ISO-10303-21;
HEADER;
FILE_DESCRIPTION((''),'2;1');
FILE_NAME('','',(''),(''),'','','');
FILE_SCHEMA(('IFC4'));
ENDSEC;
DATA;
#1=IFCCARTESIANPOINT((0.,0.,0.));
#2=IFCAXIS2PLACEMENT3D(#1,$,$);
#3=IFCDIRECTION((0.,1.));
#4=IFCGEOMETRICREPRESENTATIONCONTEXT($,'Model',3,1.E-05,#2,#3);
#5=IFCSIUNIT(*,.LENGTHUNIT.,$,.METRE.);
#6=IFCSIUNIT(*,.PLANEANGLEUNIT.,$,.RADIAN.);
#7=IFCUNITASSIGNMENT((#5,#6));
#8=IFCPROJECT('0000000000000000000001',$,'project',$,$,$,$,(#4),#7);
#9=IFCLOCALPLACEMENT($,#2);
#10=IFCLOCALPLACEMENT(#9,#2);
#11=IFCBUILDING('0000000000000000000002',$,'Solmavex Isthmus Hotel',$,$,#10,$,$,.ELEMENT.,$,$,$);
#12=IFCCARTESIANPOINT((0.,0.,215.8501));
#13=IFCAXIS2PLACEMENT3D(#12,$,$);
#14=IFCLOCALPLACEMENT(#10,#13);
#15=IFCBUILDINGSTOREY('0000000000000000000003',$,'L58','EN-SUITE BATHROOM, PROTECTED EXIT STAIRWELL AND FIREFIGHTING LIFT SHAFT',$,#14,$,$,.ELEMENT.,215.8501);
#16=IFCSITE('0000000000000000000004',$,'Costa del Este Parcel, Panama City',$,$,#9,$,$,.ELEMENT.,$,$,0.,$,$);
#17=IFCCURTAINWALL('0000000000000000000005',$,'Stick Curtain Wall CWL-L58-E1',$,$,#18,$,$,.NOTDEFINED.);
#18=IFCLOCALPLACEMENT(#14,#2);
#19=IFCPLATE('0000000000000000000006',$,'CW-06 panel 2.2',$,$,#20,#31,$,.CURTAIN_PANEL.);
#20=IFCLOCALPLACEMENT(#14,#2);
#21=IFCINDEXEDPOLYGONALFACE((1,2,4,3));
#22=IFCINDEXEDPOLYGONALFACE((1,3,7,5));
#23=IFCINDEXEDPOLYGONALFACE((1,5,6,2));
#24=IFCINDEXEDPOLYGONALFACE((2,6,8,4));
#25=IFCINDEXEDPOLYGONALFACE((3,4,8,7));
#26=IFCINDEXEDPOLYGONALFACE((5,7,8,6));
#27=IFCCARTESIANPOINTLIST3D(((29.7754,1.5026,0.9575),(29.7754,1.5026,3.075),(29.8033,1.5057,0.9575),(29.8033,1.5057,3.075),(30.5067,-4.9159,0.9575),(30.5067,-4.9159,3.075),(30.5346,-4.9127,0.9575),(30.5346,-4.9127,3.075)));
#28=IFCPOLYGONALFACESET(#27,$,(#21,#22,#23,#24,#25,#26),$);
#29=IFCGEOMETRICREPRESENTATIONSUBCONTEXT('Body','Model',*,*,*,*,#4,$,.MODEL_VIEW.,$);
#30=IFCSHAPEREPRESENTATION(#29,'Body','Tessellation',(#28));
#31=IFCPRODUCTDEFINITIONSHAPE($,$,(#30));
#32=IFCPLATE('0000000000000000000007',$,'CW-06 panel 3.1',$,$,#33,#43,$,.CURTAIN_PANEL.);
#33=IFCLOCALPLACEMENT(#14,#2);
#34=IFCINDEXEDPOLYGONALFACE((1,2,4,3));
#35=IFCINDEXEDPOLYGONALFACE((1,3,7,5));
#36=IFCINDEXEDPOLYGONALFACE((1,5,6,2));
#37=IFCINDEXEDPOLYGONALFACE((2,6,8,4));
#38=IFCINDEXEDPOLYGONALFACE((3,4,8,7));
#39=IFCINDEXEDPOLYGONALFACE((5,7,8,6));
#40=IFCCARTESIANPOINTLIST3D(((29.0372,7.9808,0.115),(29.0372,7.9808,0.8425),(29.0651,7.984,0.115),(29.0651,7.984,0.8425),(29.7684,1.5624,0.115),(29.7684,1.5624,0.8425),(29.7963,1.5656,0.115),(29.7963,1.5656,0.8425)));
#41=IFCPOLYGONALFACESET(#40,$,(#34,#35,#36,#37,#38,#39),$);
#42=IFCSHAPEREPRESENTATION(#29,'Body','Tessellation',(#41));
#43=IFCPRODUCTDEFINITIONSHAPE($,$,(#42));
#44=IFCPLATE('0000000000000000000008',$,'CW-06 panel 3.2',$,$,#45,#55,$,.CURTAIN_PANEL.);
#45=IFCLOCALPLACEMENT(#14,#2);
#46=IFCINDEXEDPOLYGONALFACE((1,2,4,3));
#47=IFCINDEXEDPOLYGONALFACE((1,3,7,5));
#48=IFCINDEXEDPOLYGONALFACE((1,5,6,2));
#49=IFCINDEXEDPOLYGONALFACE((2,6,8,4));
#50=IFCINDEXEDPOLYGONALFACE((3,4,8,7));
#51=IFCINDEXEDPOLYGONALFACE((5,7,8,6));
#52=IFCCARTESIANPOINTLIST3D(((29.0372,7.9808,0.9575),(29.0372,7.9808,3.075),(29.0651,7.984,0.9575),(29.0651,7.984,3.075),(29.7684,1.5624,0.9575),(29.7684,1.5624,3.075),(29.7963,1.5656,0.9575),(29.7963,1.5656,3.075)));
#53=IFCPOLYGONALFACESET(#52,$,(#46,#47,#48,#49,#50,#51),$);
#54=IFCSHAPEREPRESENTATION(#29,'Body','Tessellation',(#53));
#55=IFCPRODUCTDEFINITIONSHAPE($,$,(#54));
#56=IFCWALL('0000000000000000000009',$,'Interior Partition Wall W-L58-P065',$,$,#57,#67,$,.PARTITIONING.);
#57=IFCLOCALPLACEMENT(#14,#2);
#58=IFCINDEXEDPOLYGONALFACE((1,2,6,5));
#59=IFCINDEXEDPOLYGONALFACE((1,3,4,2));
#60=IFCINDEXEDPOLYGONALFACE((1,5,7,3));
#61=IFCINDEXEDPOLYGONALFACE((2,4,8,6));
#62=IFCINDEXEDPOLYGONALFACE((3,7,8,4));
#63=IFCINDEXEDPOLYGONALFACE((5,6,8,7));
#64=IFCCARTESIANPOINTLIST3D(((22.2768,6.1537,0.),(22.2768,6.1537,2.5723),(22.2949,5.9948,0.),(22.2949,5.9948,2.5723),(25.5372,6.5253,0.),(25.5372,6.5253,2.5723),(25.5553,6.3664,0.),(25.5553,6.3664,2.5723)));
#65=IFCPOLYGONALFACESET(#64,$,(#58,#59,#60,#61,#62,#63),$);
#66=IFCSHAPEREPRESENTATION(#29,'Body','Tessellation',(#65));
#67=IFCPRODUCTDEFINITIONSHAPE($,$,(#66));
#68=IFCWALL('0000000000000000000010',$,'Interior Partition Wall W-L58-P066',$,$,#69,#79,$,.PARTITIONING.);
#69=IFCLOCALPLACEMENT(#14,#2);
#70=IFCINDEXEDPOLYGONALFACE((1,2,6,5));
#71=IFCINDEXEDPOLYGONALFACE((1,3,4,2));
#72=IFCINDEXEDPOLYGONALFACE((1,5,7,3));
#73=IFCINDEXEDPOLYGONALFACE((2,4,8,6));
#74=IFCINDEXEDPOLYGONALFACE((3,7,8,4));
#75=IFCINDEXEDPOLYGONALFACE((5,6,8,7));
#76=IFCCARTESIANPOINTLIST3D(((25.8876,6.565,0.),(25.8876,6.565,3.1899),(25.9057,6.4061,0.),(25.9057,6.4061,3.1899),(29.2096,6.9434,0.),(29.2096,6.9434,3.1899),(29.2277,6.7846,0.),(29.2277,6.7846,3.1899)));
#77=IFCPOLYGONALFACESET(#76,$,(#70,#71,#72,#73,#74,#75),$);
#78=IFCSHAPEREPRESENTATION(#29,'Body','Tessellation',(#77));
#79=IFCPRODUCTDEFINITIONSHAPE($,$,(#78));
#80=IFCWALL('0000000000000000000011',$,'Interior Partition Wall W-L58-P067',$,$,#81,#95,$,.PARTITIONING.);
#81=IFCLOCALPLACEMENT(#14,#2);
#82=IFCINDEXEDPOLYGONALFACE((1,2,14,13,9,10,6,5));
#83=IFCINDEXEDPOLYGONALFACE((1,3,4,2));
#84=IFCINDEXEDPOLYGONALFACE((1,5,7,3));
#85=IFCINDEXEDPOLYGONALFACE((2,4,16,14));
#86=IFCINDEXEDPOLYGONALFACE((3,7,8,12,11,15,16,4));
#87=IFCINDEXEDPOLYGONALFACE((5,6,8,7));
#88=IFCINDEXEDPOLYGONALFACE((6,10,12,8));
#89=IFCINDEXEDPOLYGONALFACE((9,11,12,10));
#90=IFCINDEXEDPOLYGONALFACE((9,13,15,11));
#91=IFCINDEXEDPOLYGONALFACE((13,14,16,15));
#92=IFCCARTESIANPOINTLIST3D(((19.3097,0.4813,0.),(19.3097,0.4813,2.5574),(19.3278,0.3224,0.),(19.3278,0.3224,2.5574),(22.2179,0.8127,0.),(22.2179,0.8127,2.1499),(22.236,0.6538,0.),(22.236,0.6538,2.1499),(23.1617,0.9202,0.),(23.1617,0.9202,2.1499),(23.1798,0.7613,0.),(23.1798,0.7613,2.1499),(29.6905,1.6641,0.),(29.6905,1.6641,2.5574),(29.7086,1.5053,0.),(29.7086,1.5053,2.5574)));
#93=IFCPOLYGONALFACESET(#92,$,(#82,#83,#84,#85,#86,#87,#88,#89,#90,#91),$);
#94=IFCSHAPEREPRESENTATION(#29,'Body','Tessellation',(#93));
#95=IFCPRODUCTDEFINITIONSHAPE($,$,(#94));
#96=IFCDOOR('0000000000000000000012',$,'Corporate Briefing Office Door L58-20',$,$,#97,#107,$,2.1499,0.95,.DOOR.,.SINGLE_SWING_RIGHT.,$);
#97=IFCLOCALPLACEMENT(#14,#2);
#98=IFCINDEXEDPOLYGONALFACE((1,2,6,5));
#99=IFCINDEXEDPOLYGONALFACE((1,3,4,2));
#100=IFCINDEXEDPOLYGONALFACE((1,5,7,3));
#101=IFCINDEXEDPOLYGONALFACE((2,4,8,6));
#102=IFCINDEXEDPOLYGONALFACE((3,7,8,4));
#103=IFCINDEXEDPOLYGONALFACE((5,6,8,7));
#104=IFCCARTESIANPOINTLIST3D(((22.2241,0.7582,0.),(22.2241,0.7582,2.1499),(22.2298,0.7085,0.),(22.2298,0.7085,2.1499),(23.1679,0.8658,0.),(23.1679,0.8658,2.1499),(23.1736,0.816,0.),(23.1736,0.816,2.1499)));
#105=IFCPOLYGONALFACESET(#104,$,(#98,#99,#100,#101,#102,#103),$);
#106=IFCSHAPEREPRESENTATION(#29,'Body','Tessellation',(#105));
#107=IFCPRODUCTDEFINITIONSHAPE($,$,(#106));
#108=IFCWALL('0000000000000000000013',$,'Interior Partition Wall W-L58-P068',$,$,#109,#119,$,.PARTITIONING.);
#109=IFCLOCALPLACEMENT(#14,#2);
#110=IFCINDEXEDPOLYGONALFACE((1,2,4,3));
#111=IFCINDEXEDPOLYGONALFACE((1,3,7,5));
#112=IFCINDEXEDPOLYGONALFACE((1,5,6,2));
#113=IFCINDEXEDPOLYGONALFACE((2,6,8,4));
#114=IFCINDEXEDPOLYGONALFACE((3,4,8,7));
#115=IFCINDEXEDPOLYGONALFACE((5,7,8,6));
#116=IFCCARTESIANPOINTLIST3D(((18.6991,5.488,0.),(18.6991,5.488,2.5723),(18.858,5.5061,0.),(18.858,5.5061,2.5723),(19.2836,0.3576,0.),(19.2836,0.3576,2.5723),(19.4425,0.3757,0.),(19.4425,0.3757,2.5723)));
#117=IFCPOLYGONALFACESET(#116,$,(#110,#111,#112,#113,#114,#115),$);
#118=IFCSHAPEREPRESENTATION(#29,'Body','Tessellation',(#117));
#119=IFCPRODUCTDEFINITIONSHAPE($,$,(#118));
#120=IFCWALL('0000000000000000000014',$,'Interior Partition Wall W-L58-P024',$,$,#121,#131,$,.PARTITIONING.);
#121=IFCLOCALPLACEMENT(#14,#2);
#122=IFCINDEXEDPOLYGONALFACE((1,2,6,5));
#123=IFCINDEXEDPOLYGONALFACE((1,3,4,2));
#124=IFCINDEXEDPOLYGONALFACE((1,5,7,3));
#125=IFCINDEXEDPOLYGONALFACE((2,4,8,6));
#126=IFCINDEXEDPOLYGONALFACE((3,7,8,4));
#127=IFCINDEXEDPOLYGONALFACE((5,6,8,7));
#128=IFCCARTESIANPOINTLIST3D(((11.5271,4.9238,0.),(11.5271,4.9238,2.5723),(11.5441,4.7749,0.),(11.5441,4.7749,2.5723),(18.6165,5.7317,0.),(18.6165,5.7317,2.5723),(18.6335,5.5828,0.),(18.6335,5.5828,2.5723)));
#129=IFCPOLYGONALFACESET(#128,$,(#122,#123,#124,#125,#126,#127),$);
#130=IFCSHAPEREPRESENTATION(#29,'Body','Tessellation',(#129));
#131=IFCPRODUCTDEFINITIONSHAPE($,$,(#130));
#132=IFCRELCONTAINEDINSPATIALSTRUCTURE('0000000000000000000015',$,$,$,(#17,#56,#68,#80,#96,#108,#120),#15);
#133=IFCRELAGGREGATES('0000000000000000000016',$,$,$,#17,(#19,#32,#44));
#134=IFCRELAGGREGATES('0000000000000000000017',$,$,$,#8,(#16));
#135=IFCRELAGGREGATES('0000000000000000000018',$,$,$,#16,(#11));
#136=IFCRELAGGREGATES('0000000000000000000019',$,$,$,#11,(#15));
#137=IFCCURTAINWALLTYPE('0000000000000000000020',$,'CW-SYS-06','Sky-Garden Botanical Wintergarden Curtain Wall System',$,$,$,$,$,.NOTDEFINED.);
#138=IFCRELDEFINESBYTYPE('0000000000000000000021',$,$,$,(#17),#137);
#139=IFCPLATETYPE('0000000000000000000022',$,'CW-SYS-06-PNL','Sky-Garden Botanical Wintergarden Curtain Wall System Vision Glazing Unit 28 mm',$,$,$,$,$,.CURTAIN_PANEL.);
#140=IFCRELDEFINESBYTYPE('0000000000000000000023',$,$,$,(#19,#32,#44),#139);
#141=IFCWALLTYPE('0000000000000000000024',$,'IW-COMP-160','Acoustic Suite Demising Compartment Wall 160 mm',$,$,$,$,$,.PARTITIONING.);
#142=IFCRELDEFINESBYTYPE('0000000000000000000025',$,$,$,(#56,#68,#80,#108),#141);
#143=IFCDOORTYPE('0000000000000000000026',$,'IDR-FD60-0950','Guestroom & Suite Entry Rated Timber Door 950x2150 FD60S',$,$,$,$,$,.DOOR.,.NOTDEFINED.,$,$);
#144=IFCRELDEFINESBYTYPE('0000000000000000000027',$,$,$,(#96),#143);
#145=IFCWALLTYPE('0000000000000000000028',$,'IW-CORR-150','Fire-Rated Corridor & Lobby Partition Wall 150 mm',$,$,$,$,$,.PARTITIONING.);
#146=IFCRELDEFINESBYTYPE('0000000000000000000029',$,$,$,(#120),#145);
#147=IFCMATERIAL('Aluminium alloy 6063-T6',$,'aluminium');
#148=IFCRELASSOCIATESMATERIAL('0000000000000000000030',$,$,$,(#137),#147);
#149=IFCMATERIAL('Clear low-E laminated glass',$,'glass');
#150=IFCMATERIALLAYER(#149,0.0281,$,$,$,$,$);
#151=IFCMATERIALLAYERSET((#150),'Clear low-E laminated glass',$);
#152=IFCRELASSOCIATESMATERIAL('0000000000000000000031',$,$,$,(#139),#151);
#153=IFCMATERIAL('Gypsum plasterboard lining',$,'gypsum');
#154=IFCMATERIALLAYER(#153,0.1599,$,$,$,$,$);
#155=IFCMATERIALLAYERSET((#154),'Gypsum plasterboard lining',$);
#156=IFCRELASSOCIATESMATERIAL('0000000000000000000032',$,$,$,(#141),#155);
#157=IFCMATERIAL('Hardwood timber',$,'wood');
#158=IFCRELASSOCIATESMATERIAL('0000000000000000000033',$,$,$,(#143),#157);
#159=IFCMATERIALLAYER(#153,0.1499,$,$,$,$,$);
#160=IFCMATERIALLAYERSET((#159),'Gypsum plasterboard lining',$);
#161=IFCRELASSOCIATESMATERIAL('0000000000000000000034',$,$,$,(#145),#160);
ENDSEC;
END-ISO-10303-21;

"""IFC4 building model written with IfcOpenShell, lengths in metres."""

from ifc_helpers import new_model, si_unit, direction, frame, frame_2d, origin, origin_2d, place, context, subcontext, project, spatial, rectangle, extrude, material, layer, layer_set, type_object, element, fill, aggregate, save


model = new_model("IFC4")

# Units and contexts
model_context = context("Model", 3, precision=1e-05, world=origin(), true_north=direction((0.0, 1.0)))
body_context = subcontext(model_context, "Body", "Model", "MODEL_VIEW")
ifc_project = project(units=[si_unit("LENGTHUNIT", "METRE"), si_unit("PLANEANGLEUNIT", "RADIAN")], contexts=[model_context])

# Site, building, storey
site_placement = place(None, origin())
site = spatial("IfcSite", under=ifc_project, at=site_placement, Name="Costa del Este Parcel, Panama City", CompositionType="ELEMENT", RefElevation=0.0)
building_placement = place(site_placement, origin())
building = spatial("IfcBuilding", under=site, at=building_placement, Name="Solmavex Isthmus Hotel", CompositionType="ELEMENT")
storey_placement = place(building_placement, frame((0.0, 0.0, 215.8501)))
storey = spatial("IfcBuildingStorey", under=building, at=storey_placement, Name="L58", Description="EN-SUITE BATHROOM, PROTECTED EXIT STAIRWELL AND FIREFIGHTING LIFT SHAFT", CompositionType="ELEMENT", Elevation=215.8501)

# Curtain wall, plates
ifc_material_1 = material(Name="Aluminium alloy 6063-T6", Category="aluminium")
curtain_wall_type = type_object("IfcCurtainWallType", Name="CW-SYS-06", Description="Sky-Garden Botanical Wintergarden Curtain Wall System", PredefinedType="NOTDEFINED", material=ifc_material_1)
curtain_wall_placement = place(storey_placement, origin())
curtain_wall = element("IfcCurtainWall", 1, at=curtain_wall_placement, inside=storey, type_object=curtain_wall_type, Name="Stick Curtain Wall CWL-L58-E1", PredefinedType="NOTDEFINED")
ifc_material_2 = material(Name="Clear low-E laminated glass", Category="glass")
ifc_layer_1 = layer(ifc_material_2, 0.0281)
ifc_layer_set_1 = layer_set([ifc_layer_1], Name="Clear low-E laminated glass")
plate_type = type_object("IfcPlateType", Name="CW-SYS-06-PNL", Description="Sky-Garden Botanical Wintergarden Curtain Wall System Vision Glazing Unit 28 mm", PredefinedType="CURTAIN_PANEL", material=ifc_layer_set_1)
plate_1_placement = place(storey_placement, frame((30.155, -1.7051, 0.9575), z_axis=(0.0, 0.0, 1.0), x_axis=(-0.113203, 0.993572, 0.0)))
plate_1 = element("IfcPlate", 2, at=plate_1_placement, type_object=plate_type, Name="CW-06 panel 2.2", PredefinedType="CURTAIN_PANEL", context=body_context, shape_type="SweptSolid", body=[
    extrude(rectangle(XDim=6.46, YDim=0.0281, at=origin_2d()), origin(), (0.0, 0.0, 1.0), 2.1174),
])
plate_2_placement = place(storey_placement, frame((29.4167, 4.7732, 0.115), z_axis=(0.0, 0.0, 1.0), x_axis=(-0.113203, 0.993572, 0.0)))
plate_2 = element("IfcPlate", 3, at=plate_2_placement, type_object=plate_type, Name="CW-06 panel 3.1", PredefinedType="CURTAIN_PANEL", context=body_context, shape_type="SweptSolid", body=[
    extrude(rectangle(XDim=6.46, YDim=0.0281, at=origin_2d()), origin(), (0.0, 0.0, 1.0), 0.7275),
])
plate_3_placement = place(storey_placement, frame((29.4167, 4.7732, 0.9575), z_axis=(0.0, 0.0, 1.0), x_axis=(-0.113203, 0.993572, 0.0)))
plate_3 = element("IfcPlate", 4, at=plate_3_placement, type_object=plate_type, Name="CW-06 panel 3.2", PredefinedType="CURTAIN_PANEL", context=body_context, shape_type="SweptSolid", body=[
    extrude(rectangle(XDim=6.46, YDim=0.0281, at=origin_2d()), origin(), (0.0, 0.0, 1.0), 2.1174),
])
aggregate(curtain_wall, [plate_1, plate_2, plate_3])

# Walls
ifc_material_3 = material(Name="Gypsum plasterboard lining", Category="gypsum")
ifc_layer_2 = layer(ifc_material_3, 0.1599)
ifc_layer_set_2 = layer_set([ifc_layer_2], Name="Gypsum plasterboard lining")
wall_type_1 = type_object("IfcWallType", Name="IW-COMP-160", Description="Acoustic Suite Demising Compartment Wall 160 mm", PredefinedType="PARTITIONING", material=ifc_layer_set_2)
wall_1_placement = place(storey_placement, frame((25.5461, 6.4458, 0.0), z_axis=(0.0, 0.0, 1.0), x_axis=(-0.993569, -0.113232, 0.0)))
element("IfcWall", 5, at=wall_1_placement, inside=storey, type_object=wall_type_1, Name="Interior Partition Wall W-L58-P065", PredefinedType="PARTITIONING", context=body_context, shape_type="SweptSolid", body=[
    extrude(rectangle(XDim=3.2815, YDim=0.1599, at=frame_2d((1.6406, 0.0))), origin(), (0.0, 0.0, 1.0), 2.5723),
])
wall_2_placement = place(storey_placement, frame((29.2188, 6.864, 0.0), z_axis=(0.0, 0.0, 1.0), x_axis=(-0.993574, -0.11318, 0.0)))
element("IfcWall", 6, at=wall_2_placement, inside=storey, type_object=wall_type_1, Name="Interior Partition Wall W-L58-P066", PredefinedType="PARTITIONING", context=body_context, shape_type="SweptSolid", body=[
    extrude(rectangle(XDim=3.3435, YDim=0.1599, at=frame_2d((1.6719, 0.0))), origin(), (0.0, 0.0, 1.0), 3.1899),
])

# Wall, opening, door
wall_3_placement = place(storey_placement, frame((29.6997, 1.5847, 0.0), z_axis=(0.0, 0.0, 1.0), x_axis=(-0.993571, -0.113214, 0.0)))
wall_3 = element("IfcWall", 7, at=wall_3_placement, inside=storey, type_object=wall_type_1, Name="Interior Partition Wall W-L58-P067", PredefinedType="PARTITIONING", context=body_context, shape_type="SweptSolid", body=[
    extrude(rectangle(XDim=10.448, YDim=0.1599, at=frame_2d((5.2241, 0.0))), origin(), (0.0, 0.0, 1.0), 2.5574),
])
opening_1_placement = place(wall_3_placement, frame((6.571, 0.0, 0.0)))
opening_1 = element("IfcOpeningElement", 8, at=opening_1_placement, cuts=wall_3, PredefinedType="OPENING", context=body_context, shape_type="SweptSolid", body=[
    extrude(rectangle(XDim=0.95, YDim=2.1499, at=frame_2d((0.4751, 1.075))), frame((0.0, 0.0898, 0.0), z_axis=(0.0, -1.0, 0.0), x_axis=(1.0, 0.0, 0.0)), (0.0, 0.0, 1.0), 0.1799),
])
ifc_material_4 = material(Name="Hardwood timber", Category="wood")
door_type = type_object("IfcDoorType", Name="IDR-FD60-0950", Description="Guestroom & Suite Entry Rated Timber Door 950x2150 FD60S", OperationType="NOTDEFINED", PredefinedType="DOOR", material=ifc_material_4)
door_1_placement = place(opening_1_placement, origin())
door_1 = element("IfcDoor", 9, at=door_1_placement, inside=storey, type_object=door_type, Name="Corporate Briefing Office Door L58-20", OperationType="SINGLE_SWING_RIGHT", OverallHeight=2.1499, OverallWidth=0.95, PredefinedType="DOOR", context=body_context, shape_type="SweptSolid", body=[
    extrude(rectangle(XDim=0.95, YDim=2.1499, at=frame_2d((0.4751, 1.075))), frame((0.0, 0.0249, 0.0), z_axis=(0.0, -1.0, 0.0), x_axis=(1.0, 0.0, 0.0)), (0.0, 0.0, 1.0), 0.05),
])
fill(opening_1, door_1)

# Wall
wall_4_placement = place(storey_placement, frame((19.363, 0.3667, 0.0), z_axis=(0.0, 0.0, 1.0), x_axis=(-0.113192, 0.993573, 0.0)))
element("IfcWall", 10, at=wall_4_placement, inside=storey, type_object=wall_type_1, Name="Interior Partition Wall W-L58-P068", PredefinedType="PARTITIONING", context=body_context, shape_type="SweptSolid", body=[
    extrude(rectangle(XDim=5.1636, YDim=0.1599, at=frame_2d((2.5818, 0.0))), origin(), (0.0, 0.0, 1.0), 2.5723),
])

# Shared definitions
ifc_layer_3 = layer(ifc_material_3, 0.1499)
ifc_layer_set_3 = layer_set([ifc_layer_3], Name="Gypsum plasterboard lining")
wall_type_2 = type_object("IfcWallType", Name="IW-CORR-150", Description="Fire-Rated Corridor & Lobby Partition Wall 150 mm", PredefinedType="PARTITIONING", material=ifc_layer_set_3)

# Wall
wall_5_placement = place(storey_placement, frame((18.625, 5.6572, 0.0), z_axis=(0.0, 0.0, 1.0), x_axis=(-0.99357, -0.113221, 0.0)))
element("IfcWall", 11, at=wall_5_placement, inside=storey, type_object=wall_type_2, Name="Interior Partition Wall W-L58-P024", PredefinedType="PARTITIONING", context=body_context, shape_type="SweptSolid", body=[
    extrude(rectangle(XDim=7.1353, YDim=0.1499, at=frame_2d((3.5676, 0.0))), origin(), (0.0, 0.0, 1.0), 2.5723),
])

save(model, "model.ifc")
